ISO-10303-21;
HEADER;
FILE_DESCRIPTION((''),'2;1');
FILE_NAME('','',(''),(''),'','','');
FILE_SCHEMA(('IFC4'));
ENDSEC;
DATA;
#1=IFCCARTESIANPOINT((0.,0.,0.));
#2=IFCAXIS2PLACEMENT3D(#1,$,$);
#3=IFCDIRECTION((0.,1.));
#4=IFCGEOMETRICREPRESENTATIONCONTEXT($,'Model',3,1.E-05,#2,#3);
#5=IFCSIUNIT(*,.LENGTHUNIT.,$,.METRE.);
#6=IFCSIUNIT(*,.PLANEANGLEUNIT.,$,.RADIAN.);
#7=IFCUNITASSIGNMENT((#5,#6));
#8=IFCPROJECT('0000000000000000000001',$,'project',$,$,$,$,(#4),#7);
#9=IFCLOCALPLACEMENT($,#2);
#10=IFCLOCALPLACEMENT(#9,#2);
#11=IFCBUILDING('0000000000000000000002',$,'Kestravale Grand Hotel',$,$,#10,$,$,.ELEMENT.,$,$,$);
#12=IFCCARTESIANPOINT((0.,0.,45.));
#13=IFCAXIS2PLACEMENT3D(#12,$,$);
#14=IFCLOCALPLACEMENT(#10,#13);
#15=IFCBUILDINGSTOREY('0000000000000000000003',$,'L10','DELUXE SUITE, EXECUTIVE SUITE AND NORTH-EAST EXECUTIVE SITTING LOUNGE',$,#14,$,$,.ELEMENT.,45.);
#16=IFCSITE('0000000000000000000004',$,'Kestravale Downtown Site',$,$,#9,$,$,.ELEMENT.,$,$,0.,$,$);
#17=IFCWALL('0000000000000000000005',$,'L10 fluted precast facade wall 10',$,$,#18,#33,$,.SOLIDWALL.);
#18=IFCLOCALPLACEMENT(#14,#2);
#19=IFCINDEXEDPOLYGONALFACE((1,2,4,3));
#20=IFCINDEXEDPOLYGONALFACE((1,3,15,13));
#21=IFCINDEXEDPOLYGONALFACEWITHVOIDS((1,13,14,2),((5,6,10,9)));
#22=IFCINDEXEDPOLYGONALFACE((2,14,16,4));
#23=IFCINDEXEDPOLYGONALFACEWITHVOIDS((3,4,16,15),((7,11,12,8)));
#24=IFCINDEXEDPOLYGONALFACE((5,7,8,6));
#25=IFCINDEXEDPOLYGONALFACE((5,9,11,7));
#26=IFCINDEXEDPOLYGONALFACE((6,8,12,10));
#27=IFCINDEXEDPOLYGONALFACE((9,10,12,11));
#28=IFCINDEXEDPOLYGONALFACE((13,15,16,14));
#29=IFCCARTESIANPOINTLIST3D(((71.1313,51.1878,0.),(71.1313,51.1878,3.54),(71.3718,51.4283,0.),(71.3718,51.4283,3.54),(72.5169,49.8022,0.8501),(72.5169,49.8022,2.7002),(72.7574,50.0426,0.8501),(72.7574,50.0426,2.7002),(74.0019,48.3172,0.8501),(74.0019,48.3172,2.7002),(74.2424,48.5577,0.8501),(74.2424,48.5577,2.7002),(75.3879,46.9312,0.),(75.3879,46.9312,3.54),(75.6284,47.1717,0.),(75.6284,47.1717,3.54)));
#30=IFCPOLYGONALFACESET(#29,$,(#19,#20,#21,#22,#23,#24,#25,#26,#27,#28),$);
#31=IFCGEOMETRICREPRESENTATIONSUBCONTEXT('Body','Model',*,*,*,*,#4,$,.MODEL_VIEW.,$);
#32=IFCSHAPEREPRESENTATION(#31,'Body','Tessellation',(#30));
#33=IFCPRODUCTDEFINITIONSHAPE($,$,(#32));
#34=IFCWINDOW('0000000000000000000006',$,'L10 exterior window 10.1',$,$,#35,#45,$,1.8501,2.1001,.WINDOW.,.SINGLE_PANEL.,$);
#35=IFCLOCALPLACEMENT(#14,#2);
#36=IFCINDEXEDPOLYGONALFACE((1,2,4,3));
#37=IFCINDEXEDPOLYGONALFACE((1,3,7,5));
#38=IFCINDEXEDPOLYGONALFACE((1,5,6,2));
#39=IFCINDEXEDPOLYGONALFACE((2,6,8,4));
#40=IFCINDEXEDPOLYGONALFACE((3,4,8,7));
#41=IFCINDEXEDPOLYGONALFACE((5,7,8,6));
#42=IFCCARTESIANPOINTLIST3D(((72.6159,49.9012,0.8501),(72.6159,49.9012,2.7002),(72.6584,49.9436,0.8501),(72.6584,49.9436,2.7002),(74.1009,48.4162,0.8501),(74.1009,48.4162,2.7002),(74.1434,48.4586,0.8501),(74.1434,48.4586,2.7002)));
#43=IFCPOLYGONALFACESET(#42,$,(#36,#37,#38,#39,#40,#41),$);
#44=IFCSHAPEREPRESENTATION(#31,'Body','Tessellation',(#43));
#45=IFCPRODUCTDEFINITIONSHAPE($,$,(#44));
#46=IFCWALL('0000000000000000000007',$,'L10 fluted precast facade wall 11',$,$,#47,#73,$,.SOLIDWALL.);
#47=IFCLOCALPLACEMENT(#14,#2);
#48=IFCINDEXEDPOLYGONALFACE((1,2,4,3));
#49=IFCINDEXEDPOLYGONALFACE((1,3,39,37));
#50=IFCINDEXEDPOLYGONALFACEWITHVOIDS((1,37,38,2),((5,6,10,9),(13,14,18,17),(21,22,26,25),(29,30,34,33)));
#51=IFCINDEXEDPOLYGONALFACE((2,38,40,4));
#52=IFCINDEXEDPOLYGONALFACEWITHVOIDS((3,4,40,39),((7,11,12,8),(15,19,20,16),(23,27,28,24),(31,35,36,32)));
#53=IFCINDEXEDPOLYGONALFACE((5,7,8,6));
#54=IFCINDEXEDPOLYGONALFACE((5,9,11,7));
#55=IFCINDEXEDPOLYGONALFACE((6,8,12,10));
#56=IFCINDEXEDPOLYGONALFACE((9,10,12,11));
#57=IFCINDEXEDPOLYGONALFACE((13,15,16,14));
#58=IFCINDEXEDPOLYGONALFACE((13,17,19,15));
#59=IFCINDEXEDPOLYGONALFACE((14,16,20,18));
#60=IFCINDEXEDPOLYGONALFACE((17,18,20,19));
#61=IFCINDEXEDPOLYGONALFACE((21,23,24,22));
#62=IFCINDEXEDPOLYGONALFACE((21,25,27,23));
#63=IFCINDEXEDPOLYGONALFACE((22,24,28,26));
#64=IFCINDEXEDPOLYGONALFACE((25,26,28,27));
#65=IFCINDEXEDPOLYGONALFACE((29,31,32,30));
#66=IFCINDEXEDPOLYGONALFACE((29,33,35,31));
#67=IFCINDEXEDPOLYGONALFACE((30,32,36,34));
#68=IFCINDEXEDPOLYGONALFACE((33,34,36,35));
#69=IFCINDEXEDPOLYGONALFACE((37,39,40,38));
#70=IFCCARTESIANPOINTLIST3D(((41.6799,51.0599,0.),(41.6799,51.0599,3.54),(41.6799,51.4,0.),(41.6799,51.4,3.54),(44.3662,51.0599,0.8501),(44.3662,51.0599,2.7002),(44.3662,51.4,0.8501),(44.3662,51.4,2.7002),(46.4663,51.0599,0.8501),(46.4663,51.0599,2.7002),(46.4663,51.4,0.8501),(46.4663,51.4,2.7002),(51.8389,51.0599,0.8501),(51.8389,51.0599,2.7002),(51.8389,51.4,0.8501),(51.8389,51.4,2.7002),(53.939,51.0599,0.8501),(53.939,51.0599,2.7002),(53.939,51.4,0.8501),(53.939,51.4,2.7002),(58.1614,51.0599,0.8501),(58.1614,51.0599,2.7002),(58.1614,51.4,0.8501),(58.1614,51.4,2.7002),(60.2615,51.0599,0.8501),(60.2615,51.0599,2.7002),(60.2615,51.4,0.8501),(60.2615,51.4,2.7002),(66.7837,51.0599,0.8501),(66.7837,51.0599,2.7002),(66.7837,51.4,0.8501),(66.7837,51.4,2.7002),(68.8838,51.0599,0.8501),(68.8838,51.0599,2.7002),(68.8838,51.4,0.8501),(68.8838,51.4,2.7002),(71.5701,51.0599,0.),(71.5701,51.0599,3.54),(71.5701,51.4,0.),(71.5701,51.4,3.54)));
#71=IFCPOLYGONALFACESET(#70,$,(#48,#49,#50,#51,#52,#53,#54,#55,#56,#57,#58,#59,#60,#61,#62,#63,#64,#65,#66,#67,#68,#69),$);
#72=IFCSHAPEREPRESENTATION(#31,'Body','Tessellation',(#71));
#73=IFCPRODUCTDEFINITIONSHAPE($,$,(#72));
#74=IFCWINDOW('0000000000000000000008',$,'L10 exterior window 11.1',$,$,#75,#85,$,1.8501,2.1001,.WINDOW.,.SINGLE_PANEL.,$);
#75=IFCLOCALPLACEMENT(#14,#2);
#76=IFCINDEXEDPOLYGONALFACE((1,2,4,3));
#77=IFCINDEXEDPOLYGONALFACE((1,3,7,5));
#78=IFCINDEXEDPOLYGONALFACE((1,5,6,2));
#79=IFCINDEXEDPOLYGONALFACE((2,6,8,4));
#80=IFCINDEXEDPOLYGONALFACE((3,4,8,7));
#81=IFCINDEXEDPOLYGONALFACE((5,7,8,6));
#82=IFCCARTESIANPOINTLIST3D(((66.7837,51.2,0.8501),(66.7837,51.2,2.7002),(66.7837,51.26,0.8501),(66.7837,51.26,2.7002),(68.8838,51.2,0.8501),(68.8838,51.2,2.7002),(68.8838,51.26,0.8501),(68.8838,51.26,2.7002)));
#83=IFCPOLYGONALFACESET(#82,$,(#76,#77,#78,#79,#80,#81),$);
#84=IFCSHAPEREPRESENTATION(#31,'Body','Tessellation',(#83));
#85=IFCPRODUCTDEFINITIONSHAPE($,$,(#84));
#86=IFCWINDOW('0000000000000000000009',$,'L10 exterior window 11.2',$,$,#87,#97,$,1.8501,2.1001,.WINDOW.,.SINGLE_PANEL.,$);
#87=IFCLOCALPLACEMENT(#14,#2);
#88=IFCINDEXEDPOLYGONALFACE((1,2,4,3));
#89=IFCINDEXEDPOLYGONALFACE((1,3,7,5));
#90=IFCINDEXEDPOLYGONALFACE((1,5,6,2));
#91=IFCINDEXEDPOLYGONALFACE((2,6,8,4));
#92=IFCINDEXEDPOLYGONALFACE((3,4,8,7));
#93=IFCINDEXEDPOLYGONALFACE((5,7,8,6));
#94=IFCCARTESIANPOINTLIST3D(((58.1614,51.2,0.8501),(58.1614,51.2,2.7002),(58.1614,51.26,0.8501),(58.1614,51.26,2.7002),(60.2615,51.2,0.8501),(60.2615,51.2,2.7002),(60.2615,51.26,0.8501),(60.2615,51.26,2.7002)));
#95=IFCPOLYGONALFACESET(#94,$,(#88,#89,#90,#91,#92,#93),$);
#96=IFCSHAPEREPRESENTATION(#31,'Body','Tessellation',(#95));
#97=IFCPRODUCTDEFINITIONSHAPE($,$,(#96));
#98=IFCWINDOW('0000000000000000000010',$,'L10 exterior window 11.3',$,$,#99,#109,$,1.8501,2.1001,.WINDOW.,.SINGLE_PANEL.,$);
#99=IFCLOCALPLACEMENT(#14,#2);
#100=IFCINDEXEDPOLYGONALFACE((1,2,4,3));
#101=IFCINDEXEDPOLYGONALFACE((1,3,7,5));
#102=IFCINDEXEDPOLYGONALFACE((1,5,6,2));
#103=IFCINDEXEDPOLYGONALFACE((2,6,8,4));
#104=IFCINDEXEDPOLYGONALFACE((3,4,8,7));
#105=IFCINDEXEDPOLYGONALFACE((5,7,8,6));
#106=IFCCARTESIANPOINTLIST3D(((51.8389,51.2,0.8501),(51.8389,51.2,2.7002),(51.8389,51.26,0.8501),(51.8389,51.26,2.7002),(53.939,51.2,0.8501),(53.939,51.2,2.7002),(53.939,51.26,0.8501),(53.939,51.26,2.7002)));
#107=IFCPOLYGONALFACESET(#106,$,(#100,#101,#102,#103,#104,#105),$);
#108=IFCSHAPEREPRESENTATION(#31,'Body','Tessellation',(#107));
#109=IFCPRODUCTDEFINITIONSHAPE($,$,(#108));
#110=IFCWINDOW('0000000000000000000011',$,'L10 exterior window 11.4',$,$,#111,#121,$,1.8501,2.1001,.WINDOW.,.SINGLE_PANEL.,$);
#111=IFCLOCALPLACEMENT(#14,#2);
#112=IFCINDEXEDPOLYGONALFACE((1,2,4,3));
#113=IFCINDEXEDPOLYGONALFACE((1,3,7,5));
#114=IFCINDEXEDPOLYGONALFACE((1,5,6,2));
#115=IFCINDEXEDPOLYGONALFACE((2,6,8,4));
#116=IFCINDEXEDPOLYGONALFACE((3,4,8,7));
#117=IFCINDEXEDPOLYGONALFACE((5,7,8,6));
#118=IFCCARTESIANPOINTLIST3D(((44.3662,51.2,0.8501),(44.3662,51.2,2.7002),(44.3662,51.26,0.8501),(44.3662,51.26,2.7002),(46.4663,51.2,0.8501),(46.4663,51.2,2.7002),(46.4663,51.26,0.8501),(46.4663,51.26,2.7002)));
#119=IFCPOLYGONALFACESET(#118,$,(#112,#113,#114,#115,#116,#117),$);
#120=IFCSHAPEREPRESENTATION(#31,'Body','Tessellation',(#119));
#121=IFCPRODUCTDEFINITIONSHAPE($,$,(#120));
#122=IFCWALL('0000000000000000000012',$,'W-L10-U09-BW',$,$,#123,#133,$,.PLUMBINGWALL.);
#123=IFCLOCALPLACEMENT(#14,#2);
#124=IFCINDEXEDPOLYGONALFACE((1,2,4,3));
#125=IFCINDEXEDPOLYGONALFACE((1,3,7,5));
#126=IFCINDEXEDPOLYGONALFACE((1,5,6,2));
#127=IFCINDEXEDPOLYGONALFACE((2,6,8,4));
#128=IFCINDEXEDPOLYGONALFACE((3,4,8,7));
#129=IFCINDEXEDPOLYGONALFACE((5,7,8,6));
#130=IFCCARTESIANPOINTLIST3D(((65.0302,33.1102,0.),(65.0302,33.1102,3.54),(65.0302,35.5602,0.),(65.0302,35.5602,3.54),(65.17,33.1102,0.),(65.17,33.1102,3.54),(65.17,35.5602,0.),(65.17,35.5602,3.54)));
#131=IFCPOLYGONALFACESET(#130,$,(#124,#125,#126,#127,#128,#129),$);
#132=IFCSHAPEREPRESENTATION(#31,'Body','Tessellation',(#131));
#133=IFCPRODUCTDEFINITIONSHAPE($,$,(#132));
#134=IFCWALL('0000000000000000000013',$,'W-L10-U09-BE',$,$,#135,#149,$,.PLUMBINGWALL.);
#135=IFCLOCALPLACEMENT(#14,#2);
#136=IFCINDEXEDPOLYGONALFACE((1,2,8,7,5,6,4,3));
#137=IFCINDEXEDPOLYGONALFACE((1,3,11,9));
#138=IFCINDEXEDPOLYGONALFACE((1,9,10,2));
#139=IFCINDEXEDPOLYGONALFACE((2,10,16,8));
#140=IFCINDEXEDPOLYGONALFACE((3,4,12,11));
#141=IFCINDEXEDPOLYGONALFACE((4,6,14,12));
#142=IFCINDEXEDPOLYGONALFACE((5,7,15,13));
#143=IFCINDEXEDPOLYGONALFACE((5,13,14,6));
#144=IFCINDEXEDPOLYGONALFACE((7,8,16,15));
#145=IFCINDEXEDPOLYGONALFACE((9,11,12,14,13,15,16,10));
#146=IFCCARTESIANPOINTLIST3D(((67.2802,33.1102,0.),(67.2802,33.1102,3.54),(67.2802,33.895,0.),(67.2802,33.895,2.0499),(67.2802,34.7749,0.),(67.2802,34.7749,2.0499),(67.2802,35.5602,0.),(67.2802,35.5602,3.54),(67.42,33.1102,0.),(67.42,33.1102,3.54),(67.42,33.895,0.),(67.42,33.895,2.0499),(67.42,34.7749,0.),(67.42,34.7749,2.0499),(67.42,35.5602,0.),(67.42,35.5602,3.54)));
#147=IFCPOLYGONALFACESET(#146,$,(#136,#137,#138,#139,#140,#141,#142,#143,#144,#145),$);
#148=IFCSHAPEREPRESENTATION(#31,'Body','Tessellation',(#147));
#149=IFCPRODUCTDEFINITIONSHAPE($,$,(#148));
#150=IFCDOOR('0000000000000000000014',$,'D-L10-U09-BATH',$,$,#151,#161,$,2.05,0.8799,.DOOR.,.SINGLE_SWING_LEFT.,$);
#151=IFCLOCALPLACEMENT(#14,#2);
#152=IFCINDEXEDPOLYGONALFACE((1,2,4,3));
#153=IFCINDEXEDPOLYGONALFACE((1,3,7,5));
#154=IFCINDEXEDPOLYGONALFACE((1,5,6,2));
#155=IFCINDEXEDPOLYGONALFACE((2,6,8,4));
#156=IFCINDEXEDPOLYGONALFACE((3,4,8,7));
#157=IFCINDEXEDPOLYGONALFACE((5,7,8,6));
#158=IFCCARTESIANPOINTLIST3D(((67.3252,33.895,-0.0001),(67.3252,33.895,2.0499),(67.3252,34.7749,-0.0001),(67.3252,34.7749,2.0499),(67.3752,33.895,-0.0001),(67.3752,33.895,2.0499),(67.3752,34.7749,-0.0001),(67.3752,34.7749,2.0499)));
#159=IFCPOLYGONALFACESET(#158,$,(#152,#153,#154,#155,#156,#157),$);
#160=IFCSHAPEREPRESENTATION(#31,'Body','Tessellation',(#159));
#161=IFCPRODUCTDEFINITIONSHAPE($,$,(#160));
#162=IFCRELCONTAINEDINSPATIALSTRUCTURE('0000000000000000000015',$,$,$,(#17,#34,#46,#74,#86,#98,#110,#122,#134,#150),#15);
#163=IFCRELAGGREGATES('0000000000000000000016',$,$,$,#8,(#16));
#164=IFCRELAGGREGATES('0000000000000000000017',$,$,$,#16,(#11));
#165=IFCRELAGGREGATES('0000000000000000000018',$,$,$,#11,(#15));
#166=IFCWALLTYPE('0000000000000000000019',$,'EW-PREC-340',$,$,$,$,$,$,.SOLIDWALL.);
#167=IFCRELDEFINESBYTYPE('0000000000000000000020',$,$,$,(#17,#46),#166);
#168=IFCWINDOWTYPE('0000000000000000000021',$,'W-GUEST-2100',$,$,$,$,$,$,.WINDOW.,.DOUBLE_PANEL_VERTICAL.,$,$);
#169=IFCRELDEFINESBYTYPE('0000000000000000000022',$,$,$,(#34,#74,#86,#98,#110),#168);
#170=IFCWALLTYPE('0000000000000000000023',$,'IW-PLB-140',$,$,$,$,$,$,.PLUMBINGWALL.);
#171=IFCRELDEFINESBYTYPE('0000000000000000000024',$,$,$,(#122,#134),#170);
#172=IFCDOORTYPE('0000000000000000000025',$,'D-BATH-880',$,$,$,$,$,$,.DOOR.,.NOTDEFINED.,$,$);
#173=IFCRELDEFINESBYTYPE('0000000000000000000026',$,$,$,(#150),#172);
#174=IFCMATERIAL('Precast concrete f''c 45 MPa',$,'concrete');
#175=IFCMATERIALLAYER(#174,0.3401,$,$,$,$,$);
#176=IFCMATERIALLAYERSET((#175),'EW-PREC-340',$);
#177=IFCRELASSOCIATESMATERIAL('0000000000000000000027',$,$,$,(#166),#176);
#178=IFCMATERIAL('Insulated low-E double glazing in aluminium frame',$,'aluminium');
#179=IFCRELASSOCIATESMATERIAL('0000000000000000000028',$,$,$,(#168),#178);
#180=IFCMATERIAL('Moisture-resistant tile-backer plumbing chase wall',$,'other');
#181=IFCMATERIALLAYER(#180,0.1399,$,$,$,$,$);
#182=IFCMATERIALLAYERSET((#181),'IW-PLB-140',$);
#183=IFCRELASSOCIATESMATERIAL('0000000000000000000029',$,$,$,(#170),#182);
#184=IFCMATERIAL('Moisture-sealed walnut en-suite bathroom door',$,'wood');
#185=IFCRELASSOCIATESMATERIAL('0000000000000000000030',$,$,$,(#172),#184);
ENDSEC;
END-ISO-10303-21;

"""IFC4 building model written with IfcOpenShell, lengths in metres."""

from ifc_helpers import new_model, si_unit, direction, frame, frame_2d, origin, place, context, subcontext, project, spatial, rectangle, extrude, material, layer, layer_set, type_object, element, fill, save


model = new_model("IFC4")

# Units and contexts
model_context = context("Model", 3, precision=1e-05, world=origin(), true_north=direction((0.0, 1.0)))
body_context = subcontext(model_context, "Body", "Model", "MODEL_VIEW")
ifc_project = project(units=[si_unit("LENGTHUNIT", "METRE"), si_unit("PLANEANGLEUNIT", "RADIAN")], contexts=[model_context])

# Site, building, storey
site_placement = place(None, origin())
site = spatial("IfcSite", under=ifc_project, at=site_placement, Name="Kestravale Downtown Site", CompositionType="ELEMENT", RefElevation=0.0)
building_placement = place(site_placement, origin())
building = spatial("IfcBuilding", under=site, at=building_placement, Name="Kestravale Grand Hotel", CompositionType="ELEMENT")
storey_placement = place(building_placement, frame((0.0, 0.0, 45.0)))
storey = spatial("IfcBuildingStorey", under=building, at=storey_placement, Name="L10", Description="DELUXE SUITE, EXECUTIVE SUITE AND NORTH-EAST EXECUTIVE SITTING LOUNGE", CompositionType="ELEMENT", Elevation=45.0)

# Wall, opening, window
ifc_material_1 = material(Name="Precast concrete f'c 45 MPa", Category="concrete")
ifc_layer_1 = layer(ifc_material_1, 0.3401)
ifc_layer_set_1 = layer_set([ifc_layer_1], Name="EW-PREC-340")
wall_type_1 = type_object("IfcWallType", Name="EW-PREC-340", PredefinedType="SOLIDWALL", material=ifc_layer_set_1)
wall_1_placement = place(storey_placement, frame((75.5081, 47.0515, 0.0), z_axis=(0.0, 0.0, 1.0), x_axis=(-0.707107, 0.707107, 0.0)))
wall_1 = element("IfcWall", 1, at=wall_1_placement, inside=storey, type_object=wall_type_1, Name="L10 fluted precast facade wall 10", PredefinedType="SOLIDWALL", context=body_context, shape_type="SweptSolid", body=[
    extrude(rectangle(XDim=6.0198, YDim=0.3401, at=frame_2d((3.0098, 0.0))), origin(), (0.0, 0.0, 1.0), 3.54),
])
opening_1_placement = place(wall_1_placement, frame((1.96, 0.0, 0.8501)))
opening_1 = element("IfcOpeningElement", 2, at=opening_1_placement, cuts=wall_1, PredefinedType="OPENING", context=body_context, shape_type="SweptSolid", body=[
    extrude(rectangle(XDim=2.1001, YDim=1.8501, at=frame_2d((1.05, 0.925))), frame((0.0, 0.1799, 0.0), z_axis=(0.0, -1.0, 0.0), x_axis=(1.0, 0.0, 0.0)), (0.0, 0.0, 1.0), 0.3601),
])
ifc_material_2 = material(Name="Insulated low-E double glazing in aluminium frame", Category="aluminium")
window_type = type_object("IfcWindowType", Name="W-GUEST-2100", PartitioningType="DOUBLE_PANEL_VERTICAL", PredefinedType="WINDOW", material=ifc_material_2)
window_1_placement = place(opening_1_placement, origin())
window_1 = element("IfcWindow", 3, at=window_1_placement, inside=storey, type_object=window_type, Name="L10 exterior window 10.1", OverallHeight=1.8501, OverallWidth=2.1001, PartitioningType="SINGLE_PANEL", PredefinedType="WINDOW", context=body_context, shape_type="SweptSolid", body=[
    extrude(rectangle(XDim=2.1001, YDim=1.8501, at=frame_2d((1.05, 0.925))), frame((0.0, 0.03, 0.0), z_axis=(0.0, -1.0, 0.0), x_axis=(1.0, 0.0, 0.0)), (0.0, 0.0, 1.0), 0.0601),
])
fill(opening_1, window_1)

# Wall, openings, windows
wall_2_placement = place(storey_placement, frame((71.5701, 51.23, 0.0), z_axis=(0.0, 0.0, 1.0), x_axis=(-1.0, 0.0, 0.0)))
wall_2 = element("IfcWall", 4, at=wall_2_placement, inside=storey, type_object=wall_type_1, Name="L10 fluted precast facade wall 11", PredefinedType="SOLIDWALL", context=body_context, shape_type="SweptSolid", body=[
    extrude(rectangle(XDim=29.8901, YDim=0.3401, at=frame_2d((14.9451, 0.0))), origin(), (0.0, 0.0, 1.0), 3.54),
])
opening_2_placement = place(wall_2_placement, frame((2.6863, 0.0, 0.8501)))
opening_2 = element("IfcOpeningElement", 5, at=opening_2_placement, cuts=wall_2, PredefinedType="OPENING", context=body_context, shape_type="SweptSolid", body=[
    extrude(rectangle(XDim=2.1001, YDim=1.8501, at=frame_2d((1.05, 0.925))), frame((0.0, 0.1799, 0.0), z_axis=(0.0, -1.0, 0.0), x_axis=(1.0, 0.0, 0.0)), (0.0, 0.0, 1.0), 0.3601),
])
opening_3_placement = place(wall_2_placement, frame((11.3086, 0.0, 0.8501)))
opening_3 = element("IfcOpeningElement", 6, at=opening_3_placement, cuts=wall_2, PredefinedType="OPENING", context=body_context, shape_type="SweptSolid", body=[
    extrude(rectangle(XDim=2.1001, YDim=1.8501, at=frame_2d((1.05, 0.925))), frame((0.0, 0.1799, 0.0), z_axis=(0.0, -1.0, 0.0), x_axis=(1.0, 0.0, 0.0)), (0.0, 0.0, 1.0), 0.3601),
])
opening_4_placement = place(wall_2_placement, frame((17.6311, 0.0, 0.8501)))
opening_4 = element("IfcOpeningElement", 7, at=opening_4_placement, cuts=wall_2, PredefinedType="OPENING", context=body_context, shape_type="SweptSolid", body=[
    extrude(rectangle(XDim=2.1001, YDim=1.8501, at=frame_2d((1.05, 0.925))), frame((0.0, 0.1799, 0.0), z_axis=(0.0, -1.0, 0.0), x_axis=(1.0, 0.0, 0.0)), (0.0, 0.0, 1.0), 0.3601),
])
opening_5_placement = place(wall_2_placement, frame((25.1038, 0.0, 0.8501)))
opening_5 = element("IfcOpeningElement", 8, at=opening_5_placement, cuts=wall_2, PredefinedType="OPENING", context=body_context, shape_type="SweptSolid", body=[
    extrude(rectangle(XDim=2.1001, YDim=1.8501, at=frame_2d((1.05, 0.925))), frame((0.0, 0.1799, 0.0), z_axis=(0.0, -1.0, 0.0), x_axis=(1.0, 0.0, 0.0)), (0.0, 0.0, 1.0), 0.3601),
])
window_2_placement = place(opening_2_placement, origin())
window_2 = element("IfcWindow", 9, at=window_2_placement, inside=storey, type_object=window_type, Name="L10 exterior window 11.1", OverallHeight=1.8501, OverallWidth=2.1001, PartitioningType="SINGLE_PANEL", PredefinedType="WINDOW", context=body_context, shape_type="SweptSolid", body=[
    extrude(rectangle(XDim=2.1001, YDim=1.8501, at=frame_2d((1.05, 0.925))), frame((0.0, 0.03, 0.0), z_axis=(0.0, -1.0, 0.0), x_axis=(1.0, 0.0, 0.0)), (0.0, 0.0, 1.0), 0.0601),
])
fill(opening_2, window_2)
window_3_placement = place(opening_3_placement, origin())
window_3 = element("IfcWindow", 10, at=window_3_placement, inside=storey, type_object=window_type, Name="L10 exterior window 11.2", OverallHeight=1.8501, OverallWidth=2.1001, PartitioningType="SINGLE_PANEL", PredefinedType="WINDOW", context=body_context, shape_type="SweptSolid", body=[
    extrude(rectangle(XDim=2.1001, YDim=1.8501, at=frame_2d((1.05, 0.925))), frame((0.0, 0.03, 0.0), z_axis=(0.0, -1.0, 0.0), x_axis=(1.0, 0.0, 0.0)), (0.0, 0.0, 1.0), 0.0601),
])
fill(opening_3, window_3)
window_4_placement = place(opening_4_placement, origin())
window_4 = element("IfcWindow", 11, at=window_4_placement, inside=storey, type_object=window_type, Name="L10 exterior window 11.3", OverallHeight=1.8501, OverallWidth=2.1001, PartitioningType="SINGLE_PANEL", PredefinedType="WINDOW", context=body_context, shape_type="SweptSolid", body=[
    extrude(rectangle(XDim=2.1001, YDim=1.8501, at=frame_2d((1.05, 0.925))), frame((0.0, 0.03, 0.0), z_axis=(0.0, -1.0, 0.0), x_axis=(1.0, 0.0, 0.0)), (0.0, 0.0, 1.0), 0.0601),
])
fill(opening_4, window_4)
window_5_placement = place(opening_5_placement, origin())
window_5 = element("IfcWindow", 12, at=window_5_placement, inside=storey, type_object=window_type, Name="L10 exterior window 11.4", OverallHeight=1.8501, OverallWidth=2.1001, PartitioningType="SINGLE_PANEL", PredefinedType="WINDOW", context=body_context, shape_type="SweptSolid", body=[
    extrude(rectangle(XDim=2.1001, YDim=1.8501, at=frame_2d((1.05, 0.925))), frame((0.0, 0.03, 0.0), z_axis=(0.0, -1.0, 0.0), x_axis=(1.0, 0.0, 0.0)), (0.0, 0.0, 1.0), 0.0601),
])
fill(opening_5, window_5)

# Wall
ifc_material_3 = material(Name="Moisture-resistant tile-backer plumbing chase wall", Category="other")
ifc_layer_2 = layer(ifc_material_3, 0.1399)
ifc_layer_set_2 = layer_set([ifc_layer_2], Name="IW-PLB-140")
wall_type_2 = type_object("IfcWallType", Name="IW-PLB-140", PredefinedType="PLUMBINGWALL", material=ifc_layer_set_2)
wall_3_placement = place(storey_placement, frame((65.1001, 33.1101, 0.0), z_axis=(0.0, 0.0, 1.0), x_axis=(0.0, 1.0, 0.0)))
element("IfcWall", 13, at=wall_3_placement, inside=storey, type_object=wall_type_2, Name="W-L10-U09-BW", PredefinedType="PLUMBINGWALL", context=body_context, shape_type="SweptSolid", body=[
    extrude(rectangle(XDim=2.45, YDim=0.1399, at=frame_2d((1.2251, 0.0))), origin(), (0.0, 0.0, 1.0), 3.54),
])

# Wall, opening, door
wall_4_placement = place(storey_placement, frame((67.3501, 33.1101, 0.0), z_axis=(0.0, 0.0, 1.0), x_axis=(0.0, 1.0, 0.0)))
wall_4 = element("IfcWall", 14, at=wall_4_placement, inside=storey, type_object=wall_type_2, Name="W-L10-U09-BE", PredefinedType="PLUMBINGWALL", context=body_context, shape_type="SweptSolid", body=[
    extrude(rectangle(XDim=2.45, YDim=0.1399, at=frame_2d((1.2251, 0.0))), origin(), (0.0, 0.0, 1.0), 3.54),
])
opening_6_placement = place(wall_4_placement, frame((0.7849, 0.0, 0.0)))
opening_6 = element("IfcOpeningElement", 15, at=opening_6_placement, cuts=wall_4, PredefinedType="OPENING", context=body_context, shape_type="SweptSolid", body=[
    extrude(rectangle(XDim=0.8799, YDim=2.05, at=frame_2d((0.4399, 1.0249))), frame((0.0, 0.0798, 0.0), z_axis=(0.0, -1.0, 0.0), x_axis=(1.0, 0.0, 0.0)), (0.0, 0.0, 1.0), 0.1599),
])
ifc_material_4 = material(Name="Moisture-sealed walnut en-suite bathroom door", Category="wood")
door_type_1 = type_object("IfcDoorType", Name="D-BATH-880", OperationType="NOTDEFINED", PredefinedType="DOOR", material=ifc_material_4)
door_1_placement = place(opening_6_placement, origin())
door_1 = element("IfcDoor", 16, at=door_1_placement, inside=storey, type_object=door_type_1, Name="D-L10-U09-BATH", OperationType="SINGLE_SWING_LEFT", OverallHeight=2.05, OverallWidth=0.8799, PredefinedType="DOOR", context=body_context, shape_type="SweptSolid", body=[
    extrude(rectangle(XDim=0.8799, YDim=2.05, at=frame_2d((0.4399, 1.0249))), frame((0.0, 0.0249, 0.0), z_axis=(0.0, -1.0, 0.0), x_axis=(1.0, 0.0, 0.0)), (0.0, 0.0, 1.0), 0.05),
])
fill(opening_6, door_1)

save(model, "model.ifc")
